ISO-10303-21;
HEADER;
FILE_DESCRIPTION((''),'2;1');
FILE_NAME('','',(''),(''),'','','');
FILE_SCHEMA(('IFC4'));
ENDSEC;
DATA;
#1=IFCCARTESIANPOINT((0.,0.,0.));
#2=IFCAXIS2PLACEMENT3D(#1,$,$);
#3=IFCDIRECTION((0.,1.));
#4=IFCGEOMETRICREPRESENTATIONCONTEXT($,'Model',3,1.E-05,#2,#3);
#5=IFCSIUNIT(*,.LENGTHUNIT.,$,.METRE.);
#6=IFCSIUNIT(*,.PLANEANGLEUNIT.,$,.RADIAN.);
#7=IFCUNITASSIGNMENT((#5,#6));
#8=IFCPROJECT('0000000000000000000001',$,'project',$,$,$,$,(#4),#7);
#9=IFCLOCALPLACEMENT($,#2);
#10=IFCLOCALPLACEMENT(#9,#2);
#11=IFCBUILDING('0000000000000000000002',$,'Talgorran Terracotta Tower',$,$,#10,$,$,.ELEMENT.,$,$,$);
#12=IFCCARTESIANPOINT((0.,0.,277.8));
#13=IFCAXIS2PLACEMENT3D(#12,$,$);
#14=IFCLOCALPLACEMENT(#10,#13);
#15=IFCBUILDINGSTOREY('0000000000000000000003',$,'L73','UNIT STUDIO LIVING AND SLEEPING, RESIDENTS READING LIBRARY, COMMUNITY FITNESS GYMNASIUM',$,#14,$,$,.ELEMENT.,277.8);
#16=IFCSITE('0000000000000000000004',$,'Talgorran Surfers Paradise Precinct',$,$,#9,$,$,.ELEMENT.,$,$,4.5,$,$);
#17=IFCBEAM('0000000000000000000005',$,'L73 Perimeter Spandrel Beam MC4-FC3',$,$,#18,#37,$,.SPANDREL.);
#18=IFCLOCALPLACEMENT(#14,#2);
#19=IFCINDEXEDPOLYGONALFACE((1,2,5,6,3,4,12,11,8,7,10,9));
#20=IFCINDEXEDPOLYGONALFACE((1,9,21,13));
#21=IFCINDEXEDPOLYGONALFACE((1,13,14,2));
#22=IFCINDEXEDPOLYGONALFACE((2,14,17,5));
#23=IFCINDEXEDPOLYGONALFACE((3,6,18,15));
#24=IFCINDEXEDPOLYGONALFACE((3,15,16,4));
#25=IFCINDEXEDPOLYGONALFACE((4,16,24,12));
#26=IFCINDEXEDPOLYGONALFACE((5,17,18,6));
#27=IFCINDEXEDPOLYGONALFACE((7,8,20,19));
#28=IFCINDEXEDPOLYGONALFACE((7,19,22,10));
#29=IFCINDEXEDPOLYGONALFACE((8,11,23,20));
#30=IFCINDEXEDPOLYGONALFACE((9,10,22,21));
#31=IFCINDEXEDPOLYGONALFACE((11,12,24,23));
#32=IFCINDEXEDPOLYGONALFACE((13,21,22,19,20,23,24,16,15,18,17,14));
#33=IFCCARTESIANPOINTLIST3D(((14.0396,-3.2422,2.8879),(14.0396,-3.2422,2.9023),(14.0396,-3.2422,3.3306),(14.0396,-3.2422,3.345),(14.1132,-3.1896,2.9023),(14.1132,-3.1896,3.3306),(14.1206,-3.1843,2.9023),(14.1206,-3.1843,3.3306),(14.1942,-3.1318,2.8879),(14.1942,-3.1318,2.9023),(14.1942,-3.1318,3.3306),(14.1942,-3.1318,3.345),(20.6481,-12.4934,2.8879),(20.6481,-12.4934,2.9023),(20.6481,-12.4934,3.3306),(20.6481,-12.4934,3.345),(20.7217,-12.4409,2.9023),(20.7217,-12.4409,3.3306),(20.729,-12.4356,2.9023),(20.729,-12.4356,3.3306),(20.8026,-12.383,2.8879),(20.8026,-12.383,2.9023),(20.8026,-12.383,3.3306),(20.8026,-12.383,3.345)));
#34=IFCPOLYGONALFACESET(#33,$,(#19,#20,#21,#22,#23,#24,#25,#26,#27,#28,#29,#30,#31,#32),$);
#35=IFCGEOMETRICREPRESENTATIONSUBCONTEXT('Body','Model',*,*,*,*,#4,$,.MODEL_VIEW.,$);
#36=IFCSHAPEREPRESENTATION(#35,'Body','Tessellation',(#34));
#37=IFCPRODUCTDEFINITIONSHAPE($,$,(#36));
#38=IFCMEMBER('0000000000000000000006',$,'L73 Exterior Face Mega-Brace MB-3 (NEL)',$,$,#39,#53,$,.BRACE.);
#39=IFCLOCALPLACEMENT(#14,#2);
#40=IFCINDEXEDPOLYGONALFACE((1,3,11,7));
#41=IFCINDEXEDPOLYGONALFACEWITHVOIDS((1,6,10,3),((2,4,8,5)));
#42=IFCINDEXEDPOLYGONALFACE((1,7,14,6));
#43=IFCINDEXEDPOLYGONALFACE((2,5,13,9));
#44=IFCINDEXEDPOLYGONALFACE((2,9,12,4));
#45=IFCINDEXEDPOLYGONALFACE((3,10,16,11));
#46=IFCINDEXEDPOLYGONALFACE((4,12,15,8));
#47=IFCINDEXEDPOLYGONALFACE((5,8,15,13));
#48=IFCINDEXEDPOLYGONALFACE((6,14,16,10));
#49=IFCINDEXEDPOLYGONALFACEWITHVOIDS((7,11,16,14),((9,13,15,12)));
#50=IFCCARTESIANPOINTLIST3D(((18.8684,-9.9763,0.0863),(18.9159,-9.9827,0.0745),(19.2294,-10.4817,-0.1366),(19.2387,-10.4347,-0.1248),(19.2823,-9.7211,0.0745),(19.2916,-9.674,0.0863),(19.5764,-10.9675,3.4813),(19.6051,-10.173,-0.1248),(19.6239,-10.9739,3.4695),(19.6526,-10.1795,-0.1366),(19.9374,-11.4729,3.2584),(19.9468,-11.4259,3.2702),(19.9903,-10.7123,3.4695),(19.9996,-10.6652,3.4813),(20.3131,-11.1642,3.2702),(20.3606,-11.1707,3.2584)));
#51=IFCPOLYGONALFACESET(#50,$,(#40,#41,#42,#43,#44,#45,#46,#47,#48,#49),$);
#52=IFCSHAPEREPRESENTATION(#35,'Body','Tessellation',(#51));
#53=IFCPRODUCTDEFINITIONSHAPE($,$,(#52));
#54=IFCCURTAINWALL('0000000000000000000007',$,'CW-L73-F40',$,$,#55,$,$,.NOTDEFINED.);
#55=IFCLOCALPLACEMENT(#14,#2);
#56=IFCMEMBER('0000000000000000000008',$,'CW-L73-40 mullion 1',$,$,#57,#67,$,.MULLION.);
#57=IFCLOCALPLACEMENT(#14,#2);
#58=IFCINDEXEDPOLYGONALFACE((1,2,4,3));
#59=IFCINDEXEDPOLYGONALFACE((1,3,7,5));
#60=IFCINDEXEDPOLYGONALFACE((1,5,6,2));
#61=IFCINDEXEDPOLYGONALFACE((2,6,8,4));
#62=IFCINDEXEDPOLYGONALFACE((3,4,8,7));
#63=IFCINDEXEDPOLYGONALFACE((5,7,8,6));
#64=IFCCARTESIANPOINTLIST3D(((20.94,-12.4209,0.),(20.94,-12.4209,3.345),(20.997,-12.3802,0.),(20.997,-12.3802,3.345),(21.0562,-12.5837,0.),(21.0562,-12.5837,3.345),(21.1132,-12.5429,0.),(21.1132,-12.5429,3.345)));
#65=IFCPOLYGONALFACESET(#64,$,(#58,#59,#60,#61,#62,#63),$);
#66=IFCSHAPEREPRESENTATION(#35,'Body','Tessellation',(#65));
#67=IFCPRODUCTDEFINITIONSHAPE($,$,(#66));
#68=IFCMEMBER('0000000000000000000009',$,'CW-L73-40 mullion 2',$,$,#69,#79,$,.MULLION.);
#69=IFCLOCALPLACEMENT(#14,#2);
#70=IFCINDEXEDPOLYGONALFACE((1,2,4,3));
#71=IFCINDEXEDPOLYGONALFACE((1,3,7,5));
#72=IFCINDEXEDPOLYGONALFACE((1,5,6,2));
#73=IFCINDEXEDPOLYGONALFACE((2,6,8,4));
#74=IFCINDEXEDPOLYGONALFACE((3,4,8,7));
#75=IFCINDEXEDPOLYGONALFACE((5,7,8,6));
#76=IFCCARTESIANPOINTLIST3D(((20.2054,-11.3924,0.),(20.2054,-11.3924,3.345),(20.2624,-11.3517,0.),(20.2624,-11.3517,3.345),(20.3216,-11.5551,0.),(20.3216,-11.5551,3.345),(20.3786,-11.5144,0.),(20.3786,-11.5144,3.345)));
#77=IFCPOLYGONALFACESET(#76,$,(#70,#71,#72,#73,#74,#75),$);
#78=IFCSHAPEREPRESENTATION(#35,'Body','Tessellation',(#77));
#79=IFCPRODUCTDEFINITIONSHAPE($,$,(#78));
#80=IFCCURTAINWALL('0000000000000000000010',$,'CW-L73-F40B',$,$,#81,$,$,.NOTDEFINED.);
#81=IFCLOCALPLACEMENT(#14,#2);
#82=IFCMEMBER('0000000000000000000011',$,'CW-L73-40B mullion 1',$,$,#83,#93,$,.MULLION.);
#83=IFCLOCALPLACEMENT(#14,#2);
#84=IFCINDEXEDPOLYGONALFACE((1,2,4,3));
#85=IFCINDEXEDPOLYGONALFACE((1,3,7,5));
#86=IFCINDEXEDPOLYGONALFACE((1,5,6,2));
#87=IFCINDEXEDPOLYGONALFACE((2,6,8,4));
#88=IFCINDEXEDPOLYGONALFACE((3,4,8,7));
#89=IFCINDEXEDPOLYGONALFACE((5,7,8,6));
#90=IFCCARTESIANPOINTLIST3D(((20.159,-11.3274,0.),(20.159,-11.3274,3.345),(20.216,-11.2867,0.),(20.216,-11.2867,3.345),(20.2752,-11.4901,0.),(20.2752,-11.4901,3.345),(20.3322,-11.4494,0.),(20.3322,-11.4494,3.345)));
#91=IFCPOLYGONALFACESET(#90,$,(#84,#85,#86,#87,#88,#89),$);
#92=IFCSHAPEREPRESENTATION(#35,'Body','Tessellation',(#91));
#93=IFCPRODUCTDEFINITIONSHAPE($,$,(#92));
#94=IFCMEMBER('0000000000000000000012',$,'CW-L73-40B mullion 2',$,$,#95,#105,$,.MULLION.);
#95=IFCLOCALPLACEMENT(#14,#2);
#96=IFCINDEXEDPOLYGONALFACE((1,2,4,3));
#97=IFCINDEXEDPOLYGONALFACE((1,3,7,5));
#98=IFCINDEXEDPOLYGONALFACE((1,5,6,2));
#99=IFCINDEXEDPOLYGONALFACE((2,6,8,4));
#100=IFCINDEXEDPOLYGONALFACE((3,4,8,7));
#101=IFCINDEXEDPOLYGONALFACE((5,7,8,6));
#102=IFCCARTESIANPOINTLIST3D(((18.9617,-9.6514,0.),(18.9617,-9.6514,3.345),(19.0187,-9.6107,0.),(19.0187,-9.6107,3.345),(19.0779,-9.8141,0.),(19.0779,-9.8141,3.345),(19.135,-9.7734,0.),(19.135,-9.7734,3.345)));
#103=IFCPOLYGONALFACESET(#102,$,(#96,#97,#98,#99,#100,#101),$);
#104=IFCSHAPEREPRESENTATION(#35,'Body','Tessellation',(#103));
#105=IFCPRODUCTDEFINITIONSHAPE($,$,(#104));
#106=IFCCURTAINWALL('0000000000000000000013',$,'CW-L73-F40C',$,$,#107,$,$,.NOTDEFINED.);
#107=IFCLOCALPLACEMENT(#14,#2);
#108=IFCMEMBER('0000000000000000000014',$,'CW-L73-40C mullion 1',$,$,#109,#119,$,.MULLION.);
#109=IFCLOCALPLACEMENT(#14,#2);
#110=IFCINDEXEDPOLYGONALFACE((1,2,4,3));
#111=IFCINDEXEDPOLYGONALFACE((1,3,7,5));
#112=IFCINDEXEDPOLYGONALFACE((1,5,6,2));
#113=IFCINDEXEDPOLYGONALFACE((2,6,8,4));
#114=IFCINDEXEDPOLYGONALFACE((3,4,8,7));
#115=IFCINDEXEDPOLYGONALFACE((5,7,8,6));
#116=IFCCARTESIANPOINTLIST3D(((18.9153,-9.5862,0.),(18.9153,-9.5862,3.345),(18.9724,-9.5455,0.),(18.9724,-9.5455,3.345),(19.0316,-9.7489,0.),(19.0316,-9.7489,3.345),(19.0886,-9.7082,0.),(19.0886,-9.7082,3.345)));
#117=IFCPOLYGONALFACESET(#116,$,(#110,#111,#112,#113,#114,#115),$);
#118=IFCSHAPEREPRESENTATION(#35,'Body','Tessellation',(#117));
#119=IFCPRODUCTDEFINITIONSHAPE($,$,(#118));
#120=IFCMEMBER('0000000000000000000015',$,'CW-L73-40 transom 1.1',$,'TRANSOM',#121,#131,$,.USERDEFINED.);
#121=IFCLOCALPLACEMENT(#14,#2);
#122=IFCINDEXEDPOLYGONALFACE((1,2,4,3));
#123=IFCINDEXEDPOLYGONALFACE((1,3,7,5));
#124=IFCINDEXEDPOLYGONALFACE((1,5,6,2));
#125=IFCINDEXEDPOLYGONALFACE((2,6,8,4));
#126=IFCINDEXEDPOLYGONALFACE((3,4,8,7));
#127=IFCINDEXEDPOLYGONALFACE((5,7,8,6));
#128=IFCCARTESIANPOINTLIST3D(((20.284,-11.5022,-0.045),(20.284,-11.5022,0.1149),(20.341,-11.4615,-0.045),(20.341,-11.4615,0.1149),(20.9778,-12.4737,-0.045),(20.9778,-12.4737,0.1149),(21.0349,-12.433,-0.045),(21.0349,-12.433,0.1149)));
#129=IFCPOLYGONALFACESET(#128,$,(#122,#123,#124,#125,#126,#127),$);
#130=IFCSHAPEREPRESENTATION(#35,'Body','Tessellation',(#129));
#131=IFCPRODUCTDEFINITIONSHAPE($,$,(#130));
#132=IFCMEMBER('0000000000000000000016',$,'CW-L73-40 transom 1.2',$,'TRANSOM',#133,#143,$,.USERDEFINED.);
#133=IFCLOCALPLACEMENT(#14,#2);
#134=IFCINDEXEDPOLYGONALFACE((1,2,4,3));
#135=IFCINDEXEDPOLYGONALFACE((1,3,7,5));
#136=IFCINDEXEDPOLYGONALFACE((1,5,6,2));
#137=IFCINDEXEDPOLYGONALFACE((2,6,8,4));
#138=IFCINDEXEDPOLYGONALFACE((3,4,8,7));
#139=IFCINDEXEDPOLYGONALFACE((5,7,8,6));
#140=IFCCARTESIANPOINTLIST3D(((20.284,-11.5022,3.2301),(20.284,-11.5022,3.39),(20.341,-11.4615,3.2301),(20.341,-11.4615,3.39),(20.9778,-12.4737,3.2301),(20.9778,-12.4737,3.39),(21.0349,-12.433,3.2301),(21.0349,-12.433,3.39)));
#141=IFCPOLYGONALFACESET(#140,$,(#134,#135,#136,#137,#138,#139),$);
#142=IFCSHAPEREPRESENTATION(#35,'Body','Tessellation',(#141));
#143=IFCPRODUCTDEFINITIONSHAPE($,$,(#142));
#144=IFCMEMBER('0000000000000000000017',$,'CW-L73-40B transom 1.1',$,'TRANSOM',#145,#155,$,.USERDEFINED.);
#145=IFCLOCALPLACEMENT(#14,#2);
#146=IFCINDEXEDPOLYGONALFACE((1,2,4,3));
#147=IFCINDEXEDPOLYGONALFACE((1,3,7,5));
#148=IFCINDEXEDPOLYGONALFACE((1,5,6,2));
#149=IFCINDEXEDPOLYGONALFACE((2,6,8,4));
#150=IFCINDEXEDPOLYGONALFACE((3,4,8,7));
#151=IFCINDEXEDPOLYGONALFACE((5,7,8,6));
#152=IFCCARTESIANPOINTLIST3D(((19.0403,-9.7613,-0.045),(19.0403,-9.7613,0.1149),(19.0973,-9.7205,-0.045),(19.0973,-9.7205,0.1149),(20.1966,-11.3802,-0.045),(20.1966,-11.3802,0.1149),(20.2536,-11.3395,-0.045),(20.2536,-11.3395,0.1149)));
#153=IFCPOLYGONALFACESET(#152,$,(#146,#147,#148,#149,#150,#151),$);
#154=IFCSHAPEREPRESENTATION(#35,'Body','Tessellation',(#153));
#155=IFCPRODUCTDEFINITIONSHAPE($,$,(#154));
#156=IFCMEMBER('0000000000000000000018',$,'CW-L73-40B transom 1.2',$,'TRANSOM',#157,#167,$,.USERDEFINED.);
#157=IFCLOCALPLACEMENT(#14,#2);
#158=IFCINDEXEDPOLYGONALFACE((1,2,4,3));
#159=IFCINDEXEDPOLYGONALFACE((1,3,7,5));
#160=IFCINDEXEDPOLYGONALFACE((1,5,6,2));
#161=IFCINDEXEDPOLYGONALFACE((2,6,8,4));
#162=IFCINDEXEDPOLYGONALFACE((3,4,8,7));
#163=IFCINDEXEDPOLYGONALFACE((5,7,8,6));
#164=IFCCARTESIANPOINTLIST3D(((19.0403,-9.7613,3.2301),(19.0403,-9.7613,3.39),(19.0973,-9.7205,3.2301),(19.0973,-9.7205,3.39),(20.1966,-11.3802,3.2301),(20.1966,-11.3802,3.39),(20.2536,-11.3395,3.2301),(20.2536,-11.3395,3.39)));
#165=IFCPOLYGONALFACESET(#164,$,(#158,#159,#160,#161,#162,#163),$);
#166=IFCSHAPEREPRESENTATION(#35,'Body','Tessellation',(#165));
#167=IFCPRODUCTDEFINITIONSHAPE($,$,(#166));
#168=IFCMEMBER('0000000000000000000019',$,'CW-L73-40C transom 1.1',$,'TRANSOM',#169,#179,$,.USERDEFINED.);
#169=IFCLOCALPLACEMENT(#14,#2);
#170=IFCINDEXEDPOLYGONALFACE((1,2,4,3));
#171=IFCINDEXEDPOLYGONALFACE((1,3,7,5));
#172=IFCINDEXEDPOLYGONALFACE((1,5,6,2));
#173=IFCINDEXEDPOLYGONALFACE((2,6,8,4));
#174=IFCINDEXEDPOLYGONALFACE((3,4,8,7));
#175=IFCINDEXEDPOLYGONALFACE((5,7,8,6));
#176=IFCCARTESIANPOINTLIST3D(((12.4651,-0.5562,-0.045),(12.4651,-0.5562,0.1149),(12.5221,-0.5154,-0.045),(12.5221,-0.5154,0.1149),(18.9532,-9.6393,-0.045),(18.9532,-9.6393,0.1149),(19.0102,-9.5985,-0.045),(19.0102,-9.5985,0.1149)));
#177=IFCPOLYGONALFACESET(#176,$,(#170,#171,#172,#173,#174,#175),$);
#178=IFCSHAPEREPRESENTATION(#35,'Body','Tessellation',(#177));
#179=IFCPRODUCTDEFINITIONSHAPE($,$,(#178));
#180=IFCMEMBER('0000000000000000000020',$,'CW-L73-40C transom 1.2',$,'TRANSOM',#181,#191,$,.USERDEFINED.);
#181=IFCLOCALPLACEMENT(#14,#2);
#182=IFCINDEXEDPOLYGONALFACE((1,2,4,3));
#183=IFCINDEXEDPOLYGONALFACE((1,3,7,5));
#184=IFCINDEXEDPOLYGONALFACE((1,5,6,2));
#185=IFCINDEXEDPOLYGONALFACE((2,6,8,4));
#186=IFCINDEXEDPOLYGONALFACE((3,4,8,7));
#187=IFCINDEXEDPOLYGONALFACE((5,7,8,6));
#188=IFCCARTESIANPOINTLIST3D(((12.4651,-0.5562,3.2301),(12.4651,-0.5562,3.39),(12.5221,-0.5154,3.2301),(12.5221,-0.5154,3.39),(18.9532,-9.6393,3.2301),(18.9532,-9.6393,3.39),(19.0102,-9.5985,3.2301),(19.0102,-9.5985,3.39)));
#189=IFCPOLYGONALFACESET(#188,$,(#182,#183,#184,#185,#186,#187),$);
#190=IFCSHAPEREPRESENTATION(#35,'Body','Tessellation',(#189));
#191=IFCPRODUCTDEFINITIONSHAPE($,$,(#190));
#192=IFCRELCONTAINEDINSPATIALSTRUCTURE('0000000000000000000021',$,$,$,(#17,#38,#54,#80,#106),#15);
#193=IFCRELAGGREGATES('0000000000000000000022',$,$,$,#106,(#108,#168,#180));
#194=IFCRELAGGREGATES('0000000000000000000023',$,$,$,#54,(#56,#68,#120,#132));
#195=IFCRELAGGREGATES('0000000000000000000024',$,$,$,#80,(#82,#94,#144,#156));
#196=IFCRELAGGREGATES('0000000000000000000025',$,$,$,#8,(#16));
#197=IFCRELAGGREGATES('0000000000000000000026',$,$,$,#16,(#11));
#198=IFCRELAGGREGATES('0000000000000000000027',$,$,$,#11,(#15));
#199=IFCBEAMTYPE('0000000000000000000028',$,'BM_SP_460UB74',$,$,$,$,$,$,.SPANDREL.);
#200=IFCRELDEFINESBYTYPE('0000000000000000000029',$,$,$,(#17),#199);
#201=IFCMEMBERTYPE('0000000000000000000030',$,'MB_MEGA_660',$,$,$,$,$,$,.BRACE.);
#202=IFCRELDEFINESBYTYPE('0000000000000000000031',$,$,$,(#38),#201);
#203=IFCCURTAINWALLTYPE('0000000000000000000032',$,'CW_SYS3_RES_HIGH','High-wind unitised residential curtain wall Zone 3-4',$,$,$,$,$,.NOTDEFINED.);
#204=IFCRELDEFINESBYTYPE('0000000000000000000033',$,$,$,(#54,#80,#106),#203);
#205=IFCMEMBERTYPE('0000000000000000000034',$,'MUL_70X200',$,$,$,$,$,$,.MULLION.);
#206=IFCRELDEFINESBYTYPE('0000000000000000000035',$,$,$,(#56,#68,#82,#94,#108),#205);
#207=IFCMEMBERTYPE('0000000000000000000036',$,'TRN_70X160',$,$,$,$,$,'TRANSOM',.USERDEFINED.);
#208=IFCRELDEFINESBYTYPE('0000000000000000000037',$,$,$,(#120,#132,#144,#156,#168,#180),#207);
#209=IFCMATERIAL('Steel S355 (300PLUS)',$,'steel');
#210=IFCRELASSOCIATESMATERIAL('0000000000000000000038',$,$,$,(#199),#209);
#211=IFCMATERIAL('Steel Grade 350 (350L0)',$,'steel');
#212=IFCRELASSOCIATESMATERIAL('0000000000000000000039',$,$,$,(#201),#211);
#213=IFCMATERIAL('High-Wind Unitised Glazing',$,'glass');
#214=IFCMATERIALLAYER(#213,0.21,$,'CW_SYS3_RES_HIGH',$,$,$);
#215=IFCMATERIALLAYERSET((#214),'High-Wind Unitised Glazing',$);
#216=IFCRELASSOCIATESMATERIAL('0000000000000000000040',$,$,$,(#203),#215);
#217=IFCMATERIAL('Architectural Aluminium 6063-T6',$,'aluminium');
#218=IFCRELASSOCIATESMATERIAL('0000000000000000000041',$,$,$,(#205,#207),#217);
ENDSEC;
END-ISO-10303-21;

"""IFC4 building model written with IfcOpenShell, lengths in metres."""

from ifc_helpers import new_model, si_unit, direction, frame, origin, origin_2d, place, context, subcontext, project, spatial, rectangle, hollow_rectangle, i_section, extrude, material, layer, layer_set, material_profile, profile_set, type_object, element, aggregate, save


model = new_model("IFC4")

# Units and contexts
model_context = context("Model", 3, precision=1e-05, world=origin(), true_north=direction((0.0, 1.0)))
body_context = subcontext(model_context, "Body", "Model", "MODEL_VIEW")
ifc_project = project(units=[si_unit("LENGTHUNIT", "METRE"), si_unit("PLANEANGLEUNIT", "RADIAN")], contexts=[model_context])

# Site, building, storey
site_placement = place(None, origin())
site = spatial("IfcSite", under=ifc_project, at=site_placement, Name="Talgorran Surfers Paradise Precinct", CompositionType="ELEMENT", RefElevation=4.5)
building_placement = place(site_placement, origin())
building = spatial("IfcBuilding", under=site, at=building_placement, Name="Talgorran Terracotta Tower", CompositionType="ELEMENT")
storey_placement = place(building_placement, frame((0.0, 0.0, 277.8)))
storey = spatial("IfcBuildingStorey", under=building, at=storey_placement, Name="L73", Description="UNIT STUDIO LIVING AND SLEEPING, RESIDENTS READING LIBRARY, COMMUNITY FITNESS GYMNASIUM", CompositionType="ELEMENT", Elevation=277.8)

# Beam
ifc_material_1 = material(Name="Steel S355 (300PLUS)", Category="steel")
ifc_material_profile_1 = material_profile(ifc_material_1, i_section(OverallWidth=0.1899, OverallDepth=0.457, WebThickness=0.009, FlangeThickness=0.0144, at=origin_2d()), Name="460UB74.6")
ifc_profile_set_1 = profile_set([ifc_material_profile_1], Name="Steel S355 (300PLUS)")
beam_type = type_object("IfcBeamType", Name="BM_SP_460UB74", PredefinedType="SPANDREL", material=ifc_profile_set_1)
beam_placement = place(storey_placement, frame((20.7253, -12.4382, 3.1165), z_axis=(-0.581261, 0.813718, 0.0), x_axis=(-0.813718, -0.581261, 0.0)))
element("IfcBeam", 1, at=beam_placement, inside=storey, type_object=beam_type, Name="L73 Perimeter Spandrel Beam MC4-FC3", PredefinedType="SPANDREL", context=body_context, shape_type="SweptSolid", body=[
    extrude(i_section(OverallWidth=0.1899, OverallDepth=0.457, WebThickness=0.009, FlangeThickness=0.0144, at=origin_2d()), origin(), (0.0, 0.0, 1.0), 11.3691),
])

# Member
ifc_material_2 = material(Name="Steel Grade 350 (350L0)", Category="steel")
ifc_material_profile_2 = material_profile(ifc_material_2, hollow_rectangle(XDim=0.52, YDim=0.6599, WallThickness=0.0349, at=origin_2d()), Name="WBOX660X520X35")
ifc_profile_set_2 = profile_set([ifc_material_profile_2], Name="Steel Grade 350 (350L0)")
member_type_1 = type_object("IfcMemberType", Name="MB_MEGA_660", PredefinedType="BRACE", material=ifc_profile_set_2)
member_1_placement = place(storey_placement, frame((19.2605, -10.0779, -0.0251), z_axis=(0.196291, -0.274807, 0.94125), x_axis=(0.813733, 0.581238, 0.0)))
element("IfcMember", 2, at=member_1_placement, inside=storey, type_object=member_type_1, Name="L73 Exterior Face Mega-Brace MB-3 (NEL)", PredefinedType="BRACE", context=body_context, shape_type="SweptSolid", body=[
    extrude(hollow_rectangle(XDim=0.52, YDim=0.6599, WallThickness=0.0349, at=origin_2d()), origin(), (0.0, 0.0, 1.0), 3.6069),
])

# Curtain walls, members
ifc_material_3 = material(Name="High-Wind Unitised Glazing", Category="glass")
ifc_layer_1 = layer(ifc_material_3, 0.21, Name="CW_SYS3_RES_HIGH")
ifc_layer_set_1 = layer_set([ifc_layer_1], Name="High-Wind Unitised Glazing")
curtain_wall_type = type_object("IfcCurtainWallType", Name="CW_SYS3_RES_HIGH", Description="High-wind unitised residential curtain wall Zone 3-4", PredefinedType="NOTDEFINED", material=ifc_layer_set_1)
curtain_wall_1_placement = place(storey_placement, origin())
curtain_wall_1 = element("IfcCurtainWall", 3, at=curtain_wall_1_placement, inside=storey, type_object=curtain_wall_type, Name="CW-L73-F40", PredefinedType="NOTDEFINED")
ifc_material_4 = material(Name="Architectural Aluminium 6063-T6", Category="aluminium")
ifc_material_profile_3 = material_profile(ifc_material_4, rectangle(XDim=0.0701, YDim=0.2, at=origin_2d()), Name="CWM70X200")
ifc_profile_set_3 = profile_set([ifc_material_profile_3], Name="Architectural Aluminium 6063-T6")
member_type_2 = type_object("IfcMemberType", Name="MUL_70X200", PredefinedType="MULLION", material=ifc_profile_set_3)
member_2_placement = place(storey_placement, frame((21.0266, -12.4819, 0.0), z_axis=(0.0, 0.0, 1.0), x_axis=(-0.813728, -0.581245, 0.0)))
member_2 = element("IfcMember", 4, at=member_2_placement, type_object=member_type_2, Name="CW-L73-40 mullion 1", PredefinedType="MULLION", context=body_context, shape_type="SweptSolid", body=[
    extrude(rectangle(XDim=0.0701, YDim=0.2, at=origin_2d()), origin(), (0.0, 0.0, 1.0), 3.345),
])
member_3_placement = place(storey_placement, frame((20.292, -11.4534, 0.0), z_axis=(0.0, 0.0, 1.0), x_axis=(-0.813728, -0.581245, 0.0)))
member_3 = element("IfcMember", 5, at=member_3_placement, type_object=member_type_2, Name="CW-L73-40 mullion 2", PredefinedType="MULLION", context=body_context, shape_type="SweptSolid", body=[
    extrude(rectangle(XDim=0.0701, YDim=0.2, at=origin_2d()), origin(), (0.0, 0.0, 1.0), 3.345),
])
curtain_wall_2_placement = place(storey_placement, origin())
curtain_wall_2 = element("IfcCurtainWall", 6, at=curtain_wall_2_placement, inside=storey, type_object=curtain_wall_type, Name="CW-L73-F40B", PredefinedType="NOTDEFINED")
member_4_placement = place(storey_placement, frame((20.2456, -11.3884, 0.0), z_axis=(0.0, 0.0, 1.0), x_axis=(-0.813714, -0.581265, 0.0)))
member_4 = element("IfcMember", 7, at=member_4_placement, type_object=member_type_2, Name="CW-L73-40B mullion 1", PredefinedType="MULLION", context=body_context, shape_type="SweptSolid", body=[
    extrude(rectangle(XDim=0.0701, YDim=0.2, at=origin_2d()), origin(), (0.0, 0.0, 1.0), 3.345),
])
member_5_placement = place(storey_placement, frame((19.0483, -9.7124, 0.0), z_axis=(0.0, 0.0, 1.0), x_axis=(-0.813714, -0.581265, 0.0)))
member_5 = element("IfcMember", 8, at=member_5_placement, type_object=member_type_2, Name="CW-L73-40B mullion 2", PredefinedType="MULLION", context=body_context, shape_type="SweptSolid", body=[
    extrude(rectangle(XDim=0.0701, YDim=0.2, at=origin_2d()), origin(), (0.0, 0.0, 1.0), 3.345),
])

# Curtain wall, member
curtain_wall_3_placement = place(storey_placement, origin())
curtain_wall_3 = element("IfcCurtainWall", 9, at=curtain_wall_3_placement, inside=storey, type_object=curtain_wall_type, Name="CW-L73-F40C", PredefinedType="NOTDEFINED")
member_6_placement = place(storey_placement, frame((19.002, -9.6472, 0.0), z_axis=(0.0, 0.0, 1.0), x_axis=(-0.813726, -0.581249, 0.0)))
member_6 = element("IfcMember", 10, at=member_6_placement, type_object=member_type_2, Name="CW-L73-40C mullion 1", PredefinedType="MULLION", context=body_context, shape_type="SweptSolid", body=[
    extrude(rectangle(XDim=0.0701, YDim=0.2, at=origin_2d()), origin(), (0.0, 0.0, 1.0), 3.345),
])

# Members
ifc_material_profile_4 = material_profile(ifc_material_4, rectangle(XDim=0.0701, YDim=0.1599, at=origin_2d()), Name="CWT70X160")
ifc_profile_set_4 = profile_set([ifc_material_profile_4], Name="Architectural Aluminium 6063-T6")
member_type_3 = type_object("IfcMemberType", Name="TRN_70X160", ElementType="TRANSOM", PredefinedType="USERDEFINED", material=ifc_profile_set_4)
member_7_placement = place(storey_placement, frame((21.0063, -12.4534, 0.0349), z_axis=(-0.581219, 0.813747, 0.0), x_axis=(-0.813747, -0.581219, 0.0)))
member_7 = element("IfcMember", 11, at=member_7_placement, type_object=member_type_3, Name="CW-L73-40 transom 1.1", ObjectType="TRANSOM", PredefinedType="USERDEFINED", context=body_context, shape_type="SweptSolid", body=[
    extrude(rectangle(XDim=0.0701, YDim=0.1599, at=origin_2d()), origin(), (0.0, 0.0, 1.0), 1.1938),
])
member_8_placement = place(storey_placement, frame((21.0063, -12.4534, 3.3101), z_axis=(-0.581219, 0.813747, 0.0), x_axis=(-0.813747, -0.581219, 0.0)))
member_8 = element("IfcMember", 12, at=member_8_placement, type_object=member_type_3, Name="CW-L73-40 transom 1.2", ObjectType="TRANSOM", PredefinedType="USERDEFINED", context=body_context, shape_type="SweptSolid", body=[
    extrude(rectangle(XDim=0.0701, YDim=0.1599, at=origin_2d()), origin(), (0.0, 0.0, 1.0), 1.1938),
])
member_9_placement = place(storey_placement, frame((20.2251, -11.3599, 0.0349), z_axis=(-0.581203, 0.813758, 0.0), x_axis=(-0.813758, -0.581203, 0.0)))
member_9 = element("IfcMember", 13, at=member_9_placement, type_object=member_type_3, Name="CW-L73-40B transom 1.1", ObjectType="TRANSOM", PredefinedType="USERDEFINED", context=body_context, shape_type="SweptSolid", body=[
    extrude(rectangle(XDim=0.0701, YDim=0.1599, at=origin_2d()), origin(), (0.0, 0.0, 1.0), 1.9895),
])
member_10_placement = place(storey_placement, frame((20.2251, -11.3599, 3.3101), z_axis=(-0.581203, 0.813758, 0.0), x_axis=(-0.813758, -0.581203, 0.0)))
member_10 = element("IfcMember", 14, at=member_10_placement, type_object=member_type_3, Name="CW-L73-40B transom 1.2", ObjectType="TRANSOM", PredefinedType="USERDEFINED", context=body_context, shape_type="SweptSolid", body=[
    extrude(rectangle(XDim=0.0701, YDim=0.1599, at=origin_2d()), origin(), (0.0, 0.0, 1.0), 1.9895),
])
member_11_placement = place(storey_placement, frame((18.9817, -9.6189, 0.0349), z_axis=(-0.581249, 0.813726, 0.0), x_axis=(-0.813726, -0.581249, 0.0)))
member_11 = element("IfcMember", 15, at=member_11_placement, type_object=member_type_3, Name="CW-L73-40C transom 1.1", ObjectType="TRANSOM", PredefinedType="USERDEFINED", context=body_context, shape_type="SweptSolid", body=[
    extrude(rectangle(XDim=0.0701, YDim=0.1599, at=origin_2d()), origin(), (0.0, 0.0, 1.0), 11.1624),
])
member_12_placement = place(storey_placement, frame((18.9817, -9.6189, 3.3101), z_axis=(-0.581249, 0.813726, 0.0), x_axis=(-0.813726, -0.581249, 0.0)))
member_12 = element("IfcMember", 16, at=member_12_placement, type_object=member_type_3, Name="CW-L73-40C transom 1.2", ObjectType="TRANSOM", PredefinedType="USERDEFINED", context=body_context, shape_type="SweptSolid", body=[
    extrude(rectangle(XDim=0.0701, YDim=0.1599, at=origin_2d()), origin(), (0.0, 0.0, 1.0), 11.1624),
])
aggregate(curtain_wall_3, [member_6, member_11, member_12])

aggregate(curtain_wall_1, [member_2, member_3, member_7, member_8])
aggregate(curtain_wall_2, [member_4, member_5, member_9, member_10])

save(model, "model.ifc")
